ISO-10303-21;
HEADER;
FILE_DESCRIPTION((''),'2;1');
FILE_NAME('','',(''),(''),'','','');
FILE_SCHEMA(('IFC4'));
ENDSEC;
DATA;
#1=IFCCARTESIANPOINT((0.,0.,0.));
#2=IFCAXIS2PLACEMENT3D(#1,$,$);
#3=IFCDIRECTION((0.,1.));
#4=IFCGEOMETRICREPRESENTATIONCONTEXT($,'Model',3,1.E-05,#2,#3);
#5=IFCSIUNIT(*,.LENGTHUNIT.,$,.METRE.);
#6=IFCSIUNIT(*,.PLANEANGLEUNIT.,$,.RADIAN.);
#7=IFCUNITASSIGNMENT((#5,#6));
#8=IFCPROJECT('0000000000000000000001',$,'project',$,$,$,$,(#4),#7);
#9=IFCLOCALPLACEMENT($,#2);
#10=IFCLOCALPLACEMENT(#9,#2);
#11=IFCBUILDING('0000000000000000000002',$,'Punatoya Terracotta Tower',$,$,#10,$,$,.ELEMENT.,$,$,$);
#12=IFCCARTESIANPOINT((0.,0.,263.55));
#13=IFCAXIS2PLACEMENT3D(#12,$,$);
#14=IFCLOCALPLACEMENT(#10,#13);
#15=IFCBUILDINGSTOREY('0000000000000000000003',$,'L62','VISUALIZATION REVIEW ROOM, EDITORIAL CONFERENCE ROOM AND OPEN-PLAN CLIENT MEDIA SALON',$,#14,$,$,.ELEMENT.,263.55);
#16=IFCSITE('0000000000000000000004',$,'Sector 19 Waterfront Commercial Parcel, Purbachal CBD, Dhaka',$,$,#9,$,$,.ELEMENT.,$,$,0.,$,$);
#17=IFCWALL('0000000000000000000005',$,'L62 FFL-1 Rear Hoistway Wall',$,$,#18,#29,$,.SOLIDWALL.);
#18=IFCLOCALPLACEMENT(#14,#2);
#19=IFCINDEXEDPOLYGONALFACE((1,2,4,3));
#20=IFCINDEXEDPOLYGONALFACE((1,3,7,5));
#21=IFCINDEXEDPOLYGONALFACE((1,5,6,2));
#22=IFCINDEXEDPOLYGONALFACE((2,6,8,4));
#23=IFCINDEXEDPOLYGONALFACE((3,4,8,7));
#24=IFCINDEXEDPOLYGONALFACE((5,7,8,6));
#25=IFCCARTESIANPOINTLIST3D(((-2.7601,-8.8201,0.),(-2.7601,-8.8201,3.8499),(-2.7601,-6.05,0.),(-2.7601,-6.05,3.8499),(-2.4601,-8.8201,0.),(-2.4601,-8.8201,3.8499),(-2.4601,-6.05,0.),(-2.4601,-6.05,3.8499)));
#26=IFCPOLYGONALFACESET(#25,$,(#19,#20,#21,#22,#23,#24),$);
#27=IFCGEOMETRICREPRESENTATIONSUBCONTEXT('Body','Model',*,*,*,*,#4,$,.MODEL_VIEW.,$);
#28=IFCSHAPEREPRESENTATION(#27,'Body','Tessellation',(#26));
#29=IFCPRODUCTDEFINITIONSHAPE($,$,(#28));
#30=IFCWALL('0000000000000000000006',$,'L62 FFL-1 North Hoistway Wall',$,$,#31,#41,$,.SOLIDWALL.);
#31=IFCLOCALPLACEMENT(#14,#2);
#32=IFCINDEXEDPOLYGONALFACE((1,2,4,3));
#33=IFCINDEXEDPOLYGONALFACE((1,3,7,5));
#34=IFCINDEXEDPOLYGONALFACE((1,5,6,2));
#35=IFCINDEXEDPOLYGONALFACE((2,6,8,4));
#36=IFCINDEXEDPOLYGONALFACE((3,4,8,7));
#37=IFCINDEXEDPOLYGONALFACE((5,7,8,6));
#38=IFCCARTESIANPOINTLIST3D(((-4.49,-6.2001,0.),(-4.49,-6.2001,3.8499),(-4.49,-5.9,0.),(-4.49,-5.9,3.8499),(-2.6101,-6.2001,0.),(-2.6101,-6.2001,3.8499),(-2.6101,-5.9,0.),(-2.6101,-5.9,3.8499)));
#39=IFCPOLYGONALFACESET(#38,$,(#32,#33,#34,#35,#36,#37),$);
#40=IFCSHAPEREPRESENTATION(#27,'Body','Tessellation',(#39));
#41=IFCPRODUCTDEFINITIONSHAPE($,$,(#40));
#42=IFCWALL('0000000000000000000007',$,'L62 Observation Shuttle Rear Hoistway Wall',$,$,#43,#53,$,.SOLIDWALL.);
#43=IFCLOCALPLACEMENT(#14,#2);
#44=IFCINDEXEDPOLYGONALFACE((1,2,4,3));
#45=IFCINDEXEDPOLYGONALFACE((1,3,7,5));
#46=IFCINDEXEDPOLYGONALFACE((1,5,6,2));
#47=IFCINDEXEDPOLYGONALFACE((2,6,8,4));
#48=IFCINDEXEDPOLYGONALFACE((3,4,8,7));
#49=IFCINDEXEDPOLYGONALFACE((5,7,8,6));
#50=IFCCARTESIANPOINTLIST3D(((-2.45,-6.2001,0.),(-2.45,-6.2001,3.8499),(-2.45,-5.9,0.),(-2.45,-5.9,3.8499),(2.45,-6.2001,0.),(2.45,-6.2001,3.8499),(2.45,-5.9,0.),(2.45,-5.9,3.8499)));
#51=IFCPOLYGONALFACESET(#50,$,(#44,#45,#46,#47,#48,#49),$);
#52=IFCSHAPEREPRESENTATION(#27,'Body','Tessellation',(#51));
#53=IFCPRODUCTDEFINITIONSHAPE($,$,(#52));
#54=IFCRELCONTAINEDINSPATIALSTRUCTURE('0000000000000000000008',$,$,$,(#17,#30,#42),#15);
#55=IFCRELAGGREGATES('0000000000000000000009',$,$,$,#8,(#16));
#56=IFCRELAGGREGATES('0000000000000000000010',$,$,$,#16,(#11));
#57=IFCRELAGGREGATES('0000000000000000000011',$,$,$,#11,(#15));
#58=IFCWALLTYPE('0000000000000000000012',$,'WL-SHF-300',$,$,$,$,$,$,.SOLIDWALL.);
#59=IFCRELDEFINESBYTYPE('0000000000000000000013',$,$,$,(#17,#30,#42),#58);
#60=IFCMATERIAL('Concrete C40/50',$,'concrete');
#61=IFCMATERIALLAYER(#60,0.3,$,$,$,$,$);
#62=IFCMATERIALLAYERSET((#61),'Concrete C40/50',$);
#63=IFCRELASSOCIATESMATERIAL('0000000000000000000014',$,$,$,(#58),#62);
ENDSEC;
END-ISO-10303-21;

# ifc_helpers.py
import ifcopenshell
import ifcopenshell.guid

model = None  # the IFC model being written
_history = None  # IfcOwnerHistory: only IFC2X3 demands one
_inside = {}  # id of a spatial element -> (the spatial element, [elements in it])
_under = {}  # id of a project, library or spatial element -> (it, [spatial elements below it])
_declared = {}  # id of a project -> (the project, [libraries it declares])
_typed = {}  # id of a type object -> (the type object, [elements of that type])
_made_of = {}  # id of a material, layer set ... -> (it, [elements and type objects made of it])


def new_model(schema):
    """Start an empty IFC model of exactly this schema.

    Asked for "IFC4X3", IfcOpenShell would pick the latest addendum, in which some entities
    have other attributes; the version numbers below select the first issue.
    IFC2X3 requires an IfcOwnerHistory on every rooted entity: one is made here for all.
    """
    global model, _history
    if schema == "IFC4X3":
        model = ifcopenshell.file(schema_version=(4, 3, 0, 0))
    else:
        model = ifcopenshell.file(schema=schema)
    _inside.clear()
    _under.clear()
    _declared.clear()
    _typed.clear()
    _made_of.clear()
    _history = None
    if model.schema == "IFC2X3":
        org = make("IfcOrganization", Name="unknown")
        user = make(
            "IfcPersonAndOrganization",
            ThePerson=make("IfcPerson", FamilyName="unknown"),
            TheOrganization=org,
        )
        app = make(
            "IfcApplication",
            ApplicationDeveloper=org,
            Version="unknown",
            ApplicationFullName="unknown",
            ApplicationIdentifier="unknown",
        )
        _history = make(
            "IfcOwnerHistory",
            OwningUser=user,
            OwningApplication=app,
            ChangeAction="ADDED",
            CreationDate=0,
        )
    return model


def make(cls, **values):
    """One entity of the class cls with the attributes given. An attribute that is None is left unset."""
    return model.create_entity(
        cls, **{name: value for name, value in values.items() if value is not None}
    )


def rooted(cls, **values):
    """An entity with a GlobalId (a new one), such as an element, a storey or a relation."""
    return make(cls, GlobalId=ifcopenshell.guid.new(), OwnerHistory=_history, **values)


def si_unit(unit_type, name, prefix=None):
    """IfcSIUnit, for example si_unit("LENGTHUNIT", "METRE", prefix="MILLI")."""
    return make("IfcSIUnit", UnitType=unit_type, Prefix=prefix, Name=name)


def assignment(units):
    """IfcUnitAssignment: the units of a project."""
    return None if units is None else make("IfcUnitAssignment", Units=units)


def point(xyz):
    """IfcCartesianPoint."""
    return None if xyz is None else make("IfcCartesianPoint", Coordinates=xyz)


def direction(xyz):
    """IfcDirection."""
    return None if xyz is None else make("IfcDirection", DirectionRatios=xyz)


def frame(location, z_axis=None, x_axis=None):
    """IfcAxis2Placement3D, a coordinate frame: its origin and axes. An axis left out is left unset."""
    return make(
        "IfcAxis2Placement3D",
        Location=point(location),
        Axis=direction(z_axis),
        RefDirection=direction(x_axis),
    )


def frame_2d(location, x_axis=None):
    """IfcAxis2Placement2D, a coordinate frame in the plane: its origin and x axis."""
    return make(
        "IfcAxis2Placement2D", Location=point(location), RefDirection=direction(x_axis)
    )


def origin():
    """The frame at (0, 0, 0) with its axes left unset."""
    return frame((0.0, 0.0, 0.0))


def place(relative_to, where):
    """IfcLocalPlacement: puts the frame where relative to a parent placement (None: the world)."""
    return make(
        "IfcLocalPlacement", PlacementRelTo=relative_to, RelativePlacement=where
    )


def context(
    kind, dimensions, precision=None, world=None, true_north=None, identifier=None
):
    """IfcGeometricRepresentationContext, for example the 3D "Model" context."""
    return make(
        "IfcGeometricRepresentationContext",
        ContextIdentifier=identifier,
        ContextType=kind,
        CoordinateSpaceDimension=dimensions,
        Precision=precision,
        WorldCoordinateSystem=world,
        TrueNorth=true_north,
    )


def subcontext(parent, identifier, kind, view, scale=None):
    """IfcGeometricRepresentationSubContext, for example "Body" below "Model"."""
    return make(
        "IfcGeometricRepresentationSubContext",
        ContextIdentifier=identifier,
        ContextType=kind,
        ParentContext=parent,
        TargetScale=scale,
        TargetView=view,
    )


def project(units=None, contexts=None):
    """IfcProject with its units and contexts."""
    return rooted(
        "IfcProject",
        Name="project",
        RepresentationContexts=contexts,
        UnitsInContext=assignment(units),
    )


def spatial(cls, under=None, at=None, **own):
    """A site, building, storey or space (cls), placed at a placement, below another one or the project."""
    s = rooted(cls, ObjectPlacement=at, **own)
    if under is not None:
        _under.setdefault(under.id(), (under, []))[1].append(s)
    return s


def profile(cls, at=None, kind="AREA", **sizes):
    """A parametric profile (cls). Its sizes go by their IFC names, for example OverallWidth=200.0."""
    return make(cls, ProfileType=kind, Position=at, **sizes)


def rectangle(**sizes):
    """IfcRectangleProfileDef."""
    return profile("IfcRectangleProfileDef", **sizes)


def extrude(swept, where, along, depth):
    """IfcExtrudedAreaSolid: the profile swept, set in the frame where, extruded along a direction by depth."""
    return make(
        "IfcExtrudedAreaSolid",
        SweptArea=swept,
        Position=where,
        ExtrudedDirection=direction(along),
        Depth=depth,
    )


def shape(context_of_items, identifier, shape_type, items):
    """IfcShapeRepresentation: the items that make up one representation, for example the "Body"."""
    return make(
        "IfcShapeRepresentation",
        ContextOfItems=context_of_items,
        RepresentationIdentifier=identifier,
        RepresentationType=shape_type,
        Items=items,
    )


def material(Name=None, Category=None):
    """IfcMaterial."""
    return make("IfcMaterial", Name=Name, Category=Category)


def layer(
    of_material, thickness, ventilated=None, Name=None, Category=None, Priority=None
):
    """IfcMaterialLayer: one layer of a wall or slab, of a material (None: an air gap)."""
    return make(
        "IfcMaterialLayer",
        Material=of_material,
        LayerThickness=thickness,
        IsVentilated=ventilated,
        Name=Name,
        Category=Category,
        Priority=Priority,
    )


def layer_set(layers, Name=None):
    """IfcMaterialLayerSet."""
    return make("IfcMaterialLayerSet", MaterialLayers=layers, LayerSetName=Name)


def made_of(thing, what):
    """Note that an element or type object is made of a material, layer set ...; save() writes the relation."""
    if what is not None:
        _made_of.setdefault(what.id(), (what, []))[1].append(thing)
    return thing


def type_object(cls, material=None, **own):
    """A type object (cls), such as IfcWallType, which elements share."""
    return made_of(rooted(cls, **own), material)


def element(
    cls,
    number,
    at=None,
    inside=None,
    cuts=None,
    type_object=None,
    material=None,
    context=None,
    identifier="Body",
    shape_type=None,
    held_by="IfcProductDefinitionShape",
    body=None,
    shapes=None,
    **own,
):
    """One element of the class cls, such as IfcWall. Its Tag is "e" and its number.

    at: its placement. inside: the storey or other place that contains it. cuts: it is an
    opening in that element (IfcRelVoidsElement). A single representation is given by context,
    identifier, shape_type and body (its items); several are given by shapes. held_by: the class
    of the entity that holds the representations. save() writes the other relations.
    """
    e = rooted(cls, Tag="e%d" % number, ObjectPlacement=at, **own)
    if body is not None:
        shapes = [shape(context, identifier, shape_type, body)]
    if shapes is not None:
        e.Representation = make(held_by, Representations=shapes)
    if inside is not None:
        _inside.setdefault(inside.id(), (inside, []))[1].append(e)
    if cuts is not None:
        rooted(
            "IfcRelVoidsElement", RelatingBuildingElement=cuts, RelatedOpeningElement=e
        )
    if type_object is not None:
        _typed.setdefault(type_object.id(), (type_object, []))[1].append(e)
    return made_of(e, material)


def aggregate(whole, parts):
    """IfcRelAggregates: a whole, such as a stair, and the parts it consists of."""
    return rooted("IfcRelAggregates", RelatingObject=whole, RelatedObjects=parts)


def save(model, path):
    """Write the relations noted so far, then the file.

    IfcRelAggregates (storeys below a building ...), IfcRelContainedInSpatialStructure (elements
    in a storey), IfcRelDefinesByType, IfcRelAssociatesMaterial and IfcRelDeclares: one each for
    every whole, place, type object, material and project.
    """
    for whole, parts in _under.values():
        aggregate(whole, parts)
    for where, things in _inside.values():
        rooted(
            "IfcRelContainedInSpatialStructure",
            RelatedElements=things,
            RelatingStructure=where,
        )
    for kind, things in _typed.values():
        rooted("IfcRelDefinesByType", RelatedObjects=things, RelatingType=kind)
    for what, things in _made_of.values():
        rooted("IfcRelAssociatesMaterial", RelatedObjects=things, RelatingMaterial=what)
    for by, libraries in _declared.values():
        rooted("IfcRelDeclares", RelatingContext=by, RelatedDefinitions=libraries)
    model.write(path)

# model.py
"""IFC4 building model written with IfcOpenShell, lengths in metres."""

from ifc_helpers import new_model, si_unit, direction, frame, frame_2d, origin, place, context, subcontext, project, spatial, rectangle, extrude, material, layer, layer_set, type_object, element, save


model = new_model("IFC4")

# Units and contexts
model_context = context("Model", 3, precision=1e-05, world=origin(), true_north=direction((0.0, 1.0)))
body_context = subcontext(model_context, "Body", "Model", "MODEL_VIEW")
ifc_project = project(units=[si_unit("LENGTHUNIT", "METRE"), si_unit("PLANEANGLEUNIT", "RADIAN")], contexts=[model_context])

# Site, building, storey
site_placement = place(None, origin())
site = spatial("IfcSite", under=ifc_project, at=site_placement, Name="Sector 19 Waterfront Commercial Parcel, Purbachal CBD, Dhaka", CompositionType="ELEMENT", RefElevation=0.0)
building_placement = place(site_placement, origin())
building = spatial("IfcBuilding", under=site, at=building_placement, Name="Punatoya Terracotta Tower", CompositionType="ELEMENT")
storey_placement = place(building_placement, frame((0.0, 0.0, 263.55)))
storey = spatial("IfcBuildingStorey", under=building, at=storey_placement, Name="L62", Description="VISUALIZATION REVIEW ROOM, EDITORIAL CONFERENCE ROOM AND OPEN-PLAN CLIENT MEDIA SALON", CompositionType="ELEMENT", Elevation=263.55)

# Shared definitions
ifc_material_1 = material(Name="Concrete C40/50", Category="concrete")

# Shared definitions
ifc_layer_1 = layer(ifc_material_1, 0.3)
ifc_layer_set_1 = layer_set([ifc_layer_1], Name="Concrete C40/50")
wall_type_1 = type_object("IfcWallType", Name="WL-SHF-300", PredefinedType="SOLIDWALL", material=ifc_layer_set_1)

# Walls
wall_1_placement = place(storey_placement, frame((-2.6101, -8.8201, 0.0), z_axis=(0.0, 0.0, 1.0), x_axis=(0.0, 1.0, 0.0)))
element("IfcWall", 1, at=wall_1_placement, inside=storey, type_object=wall_type_1, Name="L62 FFL-1 Rear Hoistway Wall", PredefinedType="SOLIDWALL", context=body_context, shape_type="SweptSolid", body=[
    extrude(rectangle(XDim=2.77, YDim=0.3, at=frame_2d((1.385, 0.0))), origin(), (0.0, 0.0, 1.0), 3.8499),
])
wall_2_placement = place(storey_placement, frame((-4.49, -6.05, 0.0), z_axis=(0.0, 0.0, 1.0), x_axis=(1.0, 0.0, 0.0)))
element("IfcWall", 2, at=wall_2_placement, inside=storey, type_object=wall_type_1, Name="L62 FFL-1 North Hoistway Wall", PredefinedType="SOLIDWALL", context=body_context, shape_type="SweptSolid", body=[
    extrude(rectangle(XDim=1.8799, YDim=0.3, at=frame_2d((0.9399, 0.0))), origin(), (0.0, 0.0, 1.0), 3.8499),
])
wall_3_placement = place(storey_placement, frame((-2.45, -6.05, 0.0), z_axis=(0.0, 0.0, 1.0), x_axis=(1.0, 0.0, 0.0)))
element("IfcWall", 3, at=wall_3_placement, inside=storey, type_object=wall_type_1, Name="L62 Observation Shuttle Rear Hoistway Wall", PredefinedType="SOLIDWALL", context=body_context, shape_type="SweptSolid", body=[
    extrude(rectangle(XDim=4.8999, YDim=0.3, at=frame_2d((2.45, 0.0))), origin(), (0.0, 0.0, 1.0), 3.8499),
])

save(model, "model.ifc")
